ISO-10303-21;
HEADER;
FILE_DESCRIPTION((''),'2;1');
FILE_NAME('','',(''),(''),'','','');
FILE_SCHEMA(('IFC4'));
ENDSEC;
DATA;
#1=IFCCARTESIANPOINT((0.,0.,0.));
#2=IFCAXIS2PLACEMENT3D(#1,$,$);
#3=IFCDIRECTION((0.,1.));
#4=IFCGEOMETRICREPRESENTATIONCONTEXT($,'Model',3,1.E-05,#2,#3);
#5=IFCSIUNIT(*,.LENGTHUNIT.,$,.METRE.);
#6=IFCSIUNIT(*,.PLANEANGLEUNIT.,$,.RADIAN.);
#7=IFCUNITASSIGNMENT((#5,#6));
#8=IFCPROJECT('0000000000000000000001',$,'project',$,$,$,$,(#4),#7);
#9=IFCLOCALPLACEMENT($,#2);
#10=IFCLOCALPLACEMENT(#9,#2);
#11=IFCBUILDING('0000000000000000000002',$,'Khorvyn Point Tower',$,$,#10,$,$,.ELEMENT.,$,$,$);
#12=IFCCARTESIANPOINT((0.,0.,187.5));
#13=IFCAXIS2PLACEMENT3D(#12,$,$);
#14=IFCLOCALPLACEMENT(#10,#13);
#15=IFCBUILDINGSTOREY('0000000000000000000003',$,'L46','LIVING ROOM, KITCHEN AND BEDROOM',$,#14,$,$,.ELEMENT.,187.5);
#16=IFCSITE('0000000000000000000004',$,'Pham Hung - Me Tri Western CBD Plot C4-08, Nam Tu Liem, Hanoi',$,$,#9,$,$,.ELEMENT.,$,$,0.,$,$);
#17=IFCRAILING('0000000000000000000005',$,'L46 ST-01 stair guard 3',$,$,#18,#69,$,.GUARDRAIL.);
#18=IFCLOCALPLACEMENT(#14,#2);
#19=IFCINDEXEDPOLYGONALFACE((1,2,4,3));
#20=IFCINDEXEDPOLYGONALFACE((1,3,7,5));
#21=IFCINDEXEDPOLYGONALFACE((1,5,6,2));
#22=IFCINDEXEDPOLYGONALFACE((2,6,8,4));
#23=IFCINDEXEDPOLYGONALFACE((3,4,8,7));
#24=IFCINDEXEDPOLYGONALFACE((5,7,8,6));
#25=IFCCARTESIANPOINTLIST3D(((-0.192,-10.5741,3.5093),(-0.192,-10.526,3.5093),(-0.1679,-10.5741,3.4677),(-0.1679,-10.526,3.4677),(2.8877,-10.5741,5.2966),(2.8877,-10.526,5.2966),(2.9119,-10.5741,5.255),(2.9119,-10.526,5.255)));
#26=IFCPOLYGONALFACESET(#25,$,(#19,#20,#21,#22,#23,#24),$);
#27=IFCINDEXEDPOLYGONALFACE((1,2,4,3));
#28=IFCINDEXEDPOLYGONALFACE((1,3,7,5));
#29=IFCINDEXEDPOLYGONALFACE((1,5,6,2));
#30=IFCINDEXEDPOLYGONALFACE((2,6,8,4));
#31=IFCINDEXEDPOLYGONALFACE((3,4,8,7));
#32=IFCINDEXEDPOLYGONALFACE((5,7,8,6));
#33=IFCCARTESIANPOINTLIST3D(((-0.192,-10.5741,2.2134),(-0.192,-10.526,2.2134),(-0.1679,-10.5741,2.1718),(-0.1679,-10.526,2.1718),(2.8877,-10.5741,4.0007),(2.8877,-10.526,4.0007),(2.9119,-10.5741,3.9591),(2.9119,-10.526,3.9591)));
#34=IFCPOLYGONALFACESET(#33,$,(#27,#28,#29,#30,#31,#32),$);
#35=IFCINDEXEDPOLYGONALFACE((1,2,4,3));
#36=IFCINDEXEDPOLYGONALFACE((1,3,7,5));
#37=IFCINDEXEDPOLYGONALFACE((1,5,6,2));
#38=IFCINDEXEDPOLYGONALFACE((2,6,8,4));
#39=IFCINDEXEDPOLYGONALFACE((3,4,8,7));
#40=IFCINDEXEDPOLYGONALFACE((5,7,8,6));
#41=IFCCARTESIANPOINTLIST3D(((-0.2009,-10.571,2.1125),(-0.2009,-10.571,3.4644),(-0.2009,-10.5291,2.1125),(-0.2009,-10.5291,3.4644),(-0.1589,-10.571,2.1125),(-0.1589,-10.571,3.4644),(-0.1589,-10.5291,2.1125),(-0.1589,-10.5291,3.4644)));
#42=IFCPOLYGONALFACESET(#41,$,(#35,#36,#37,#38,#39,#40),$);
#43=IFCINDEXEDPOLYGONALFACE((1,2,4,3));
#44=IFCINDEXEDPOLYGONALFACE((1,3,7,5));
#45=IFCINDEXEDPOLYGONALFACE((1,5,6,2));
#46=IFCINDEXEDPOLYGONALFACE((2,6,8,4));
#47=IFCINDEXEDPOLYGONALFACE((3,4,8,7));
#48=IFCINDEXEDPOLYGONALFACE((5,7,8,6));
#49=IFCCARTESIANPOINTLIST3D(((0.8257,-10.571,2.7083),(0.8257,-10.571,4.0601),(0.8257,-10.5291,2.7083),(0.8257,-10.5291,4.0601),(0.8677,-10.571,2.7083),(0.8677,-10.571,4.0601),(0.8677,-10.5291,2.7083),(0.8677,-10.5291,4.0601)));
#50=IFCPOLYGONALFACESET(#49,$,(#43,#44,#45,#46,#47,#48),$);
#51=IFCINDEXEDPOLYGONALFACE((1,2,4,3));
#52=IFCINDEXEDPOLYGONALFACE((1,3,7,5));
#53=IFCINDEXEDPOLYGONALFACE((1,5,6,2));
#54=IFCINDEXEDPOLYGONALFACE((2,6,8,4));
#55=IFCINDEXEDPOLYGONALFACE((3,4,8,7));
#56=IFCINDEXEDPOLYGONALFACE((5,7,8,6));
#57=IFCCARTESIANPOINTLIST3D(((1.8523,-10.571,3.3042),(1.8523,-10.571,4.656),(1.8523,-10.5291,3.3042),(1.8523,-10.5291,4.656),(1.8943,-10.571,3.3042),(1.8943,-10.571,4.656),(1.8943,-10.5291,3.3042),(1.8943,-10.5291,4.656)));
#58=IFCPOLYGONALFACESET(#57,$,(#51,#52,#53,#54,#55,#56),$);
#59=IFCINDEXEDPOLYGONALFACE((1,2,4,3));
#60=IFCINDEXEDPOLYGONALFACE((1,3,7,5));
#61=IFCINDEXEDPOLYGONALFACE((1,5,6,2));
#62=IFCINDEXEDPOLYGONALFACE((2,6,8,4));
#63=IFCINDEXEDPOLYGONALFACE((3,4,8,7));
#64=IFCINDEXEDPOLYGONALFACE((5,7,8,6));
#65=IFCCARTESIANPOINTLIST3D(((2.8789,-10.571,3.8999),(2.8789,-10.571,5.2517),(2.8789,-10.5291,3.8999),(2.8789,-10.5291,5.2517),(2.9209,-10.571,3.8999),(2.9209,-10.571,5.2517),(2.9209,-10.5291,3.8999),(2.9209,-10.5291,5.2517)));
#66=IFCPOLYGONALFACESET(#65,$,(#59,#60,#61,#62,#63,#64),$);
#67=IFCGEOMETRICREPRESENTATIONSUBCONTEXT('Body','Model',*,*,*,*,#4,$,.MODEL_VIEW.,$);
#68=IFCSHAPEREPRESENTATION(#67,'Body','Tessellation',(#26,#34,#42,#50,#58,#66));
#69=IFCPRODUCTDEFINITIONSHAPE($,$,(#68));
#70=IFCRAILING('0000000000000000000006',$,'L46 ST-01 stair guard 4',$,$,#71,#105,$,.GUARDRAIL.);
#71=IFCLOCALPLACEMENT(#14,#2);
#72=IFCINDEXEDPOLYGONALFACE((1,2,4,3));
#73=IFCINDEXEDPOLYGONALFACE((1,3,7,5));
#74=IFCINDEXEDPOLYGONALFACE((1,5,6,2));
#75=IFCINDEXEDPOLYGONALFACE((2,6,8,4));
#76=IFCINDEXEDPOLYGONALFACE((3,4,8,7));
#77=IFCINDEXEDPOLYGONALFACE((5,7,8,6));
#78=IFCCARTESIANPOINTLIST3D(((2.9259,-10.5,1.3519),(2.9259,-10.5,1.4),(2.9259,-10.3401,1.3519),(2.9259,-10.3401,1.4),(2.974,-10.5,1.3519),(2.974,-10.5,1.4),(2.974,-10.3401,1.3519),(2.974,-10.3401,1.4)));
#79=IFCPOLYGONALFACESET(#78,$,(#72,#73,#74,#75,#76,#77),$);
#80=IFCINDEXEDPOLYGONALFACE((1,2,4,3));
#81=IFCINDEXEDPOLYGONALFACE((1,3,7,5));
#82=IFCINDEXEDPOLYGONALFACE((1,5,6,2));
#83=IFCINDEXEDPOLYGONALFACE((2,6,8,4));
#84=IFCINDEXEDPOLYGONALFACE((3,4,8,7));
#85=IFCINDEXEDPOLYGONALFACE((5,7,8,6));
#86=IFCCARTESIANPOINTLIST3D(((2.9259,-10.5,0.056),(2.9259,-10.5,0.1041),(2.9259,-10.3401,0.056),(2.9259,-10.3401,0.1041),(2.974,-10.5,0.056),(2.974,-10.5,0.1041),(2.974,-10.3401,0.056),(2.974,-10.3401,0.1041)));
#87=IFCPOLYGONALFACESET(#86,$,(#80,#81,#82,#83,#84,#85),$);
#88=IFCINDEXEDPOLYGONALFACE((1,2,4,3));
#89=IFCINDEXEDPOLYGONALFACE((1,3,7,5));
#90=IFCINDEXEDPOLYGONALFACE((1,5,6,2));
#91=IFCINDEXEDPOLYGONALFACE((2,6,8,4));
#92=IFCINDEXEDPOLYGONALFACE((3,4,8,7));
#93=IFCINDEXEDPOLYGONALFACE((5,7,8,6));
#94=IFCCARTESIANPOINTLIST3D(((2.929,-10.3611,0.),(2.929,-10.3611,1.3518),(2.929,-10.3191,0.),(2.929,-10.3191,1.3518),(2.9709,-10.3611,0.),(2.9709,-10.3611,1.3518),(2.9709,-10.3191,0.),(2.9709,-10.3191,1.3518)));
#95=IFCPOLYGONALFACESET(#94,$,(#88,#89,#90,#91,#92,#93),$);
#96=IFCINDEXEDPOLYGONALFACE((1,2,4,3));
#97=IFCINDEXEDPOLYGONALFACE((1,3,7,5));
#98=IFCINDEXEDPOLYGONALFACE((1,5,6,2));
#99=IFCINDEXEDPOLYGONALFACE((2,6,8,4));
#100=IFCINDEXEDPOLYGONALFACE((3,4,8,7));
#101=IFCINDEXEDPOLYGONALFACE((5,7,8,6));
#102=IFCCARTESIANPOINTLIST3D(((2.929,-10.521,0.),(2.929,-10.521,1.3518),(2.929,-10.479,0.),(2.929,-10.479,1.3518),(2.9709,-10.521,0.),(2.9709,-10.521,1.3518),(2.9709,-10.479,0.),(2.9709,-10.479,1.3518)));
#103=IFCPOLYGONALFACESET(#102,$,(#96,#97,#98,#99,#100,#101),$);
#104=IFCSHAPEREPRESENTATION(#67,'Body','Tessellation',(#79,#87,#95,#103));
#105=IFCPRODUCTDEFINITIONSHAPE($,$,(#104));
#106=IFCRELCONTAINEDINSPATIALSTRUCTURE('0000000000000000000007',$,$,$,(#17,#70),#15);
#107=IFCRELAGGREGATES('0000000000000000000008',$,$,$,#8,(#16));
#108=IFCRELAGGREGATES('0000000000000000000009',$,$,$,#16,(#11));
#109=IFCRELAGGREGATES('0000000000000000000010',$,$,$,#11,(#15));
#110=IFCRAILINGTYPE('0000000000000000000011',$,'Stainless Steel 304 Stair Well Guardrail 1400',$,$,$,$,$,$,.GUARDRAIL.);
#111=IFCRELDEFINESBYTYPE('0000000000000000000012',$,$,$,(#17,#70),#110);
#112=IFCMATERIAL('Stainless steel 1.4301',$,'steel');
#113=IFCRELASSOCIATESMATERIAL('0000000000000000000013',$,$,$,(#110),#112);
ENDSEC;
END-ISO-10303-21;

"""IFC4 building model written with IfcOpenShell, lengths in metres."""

from ifc_helpers import new_model, si_unit, direction, frame, origin, origin_2d, place, context, subcontext, project, spatial, rectangle, extrude, material, type_object, element, save


model = new_model("IFC4")

# Units and contexts
model_context = context("Model", 3, precision=1e-05, world=origin(), true_north=direction((0.0, 1.0)))
body_context = subcontext(model_context, "Body", "Model", "MODEL_VIEW")
ifc_project = project(units=[si_unit("LENGTHUNIT", "METRE"), si_unit("PLANEANGLEUNIT", "RADIAN")], contexts=[model_context])

# Site, building, storey
site_placement = place(None, origin())
site = spatial("IfcSite", under=ifc_project, at=site_placement, Name="Pham Hung - Me Tri Western CBD Plot C4-08, Nam Tu Liem, Hanoi", CompositionType="ELEMENT", RefElevation=0.0)
building_placement = place(site_placement, origin())
building = spatial("IfcBuilding", under=site, at=building_placement, Name="Khorvyn Point Tower", CompositionType="ELEMENT")
storey_placement = place(building_placement, frame((0.0, 0.0, 187.5)))
storey = spatial("IfcBuildingStorey", under=building, at=storey_placement, Name="L46", Description="LIVING ROOM, KITCHEN AND BEDROOM", CompositionType="ELEMENT", Elevation=187.5)

# Shared definitions
ifc_material_1 = material(Name="Stainless steel 1.4301", Category="steel")

# Railings
railing_type_1 = type_object("IfcRailingType", Name="Stainless Steel 304 Stair Well Guardrail 1400", PredefinedType="GUARDRAIL", material=ifc_material_1)
railing_1_placement = place(storey_placement, frame((-0.1799, -10.55, 2.1125)))
element("IfcRailing", 1, at=railing_1_placement, inside=storey, type_object=railing_type_1, Name="L46 ST-01 stair guard 3", PredefinedType="GUARDRAIL", context=body_context, shape_type="SweptSolid", body=[
    extrude(rectangle(XDim=0.0481, YDim=0.0481, at=origin_2d()), frame((0.0, 0.0, 1.376), z_axis=(0.864903, 0.0, 0.501939), x_axis=(0.0, 1.0, 0.0)), (0.0, 0.0, 1.0), 3.5608),
    extrude(rectangle(XDim=0.0481, YDim=0.0481, at=origin_2d()), frame((0.0, 0.0, 0.0801), z_axis=(0.864903, 0.0, 0.501939), x_axis=(0.0, 1.0, 0.0)), (0.0, 0.0, 1.0), 3.5608),
    extrude(rectangle(XDim=0.042, YDim=0.042, at=origin_2d()), origin(), (0.0, 0.0, 1.0), 1.3518),
    extrude(rectangle(XDim=0.042, YDim=0.042, at=origin_2d()), frame((1.0266, 0.0, 0.5957)), (0.0, 0.0, 1.0), 1.3518),
    extrude(rectangle(XDim=0.042, YDim=0.042, at=origin_2d()), frame((2.0532, 0.0, 1.1917)), (0.0, 0.0, 1.0), 1.3518),
    extrude(rectangle(XDim=0.042, YDim=0.042, at=origin_2d()), frame((3.0798, 0.0, 1.7874)), (0.0, 0.0, 1.0), 1.3518),
])
railing_2_placement = place(storey_placement, frame((2.95, -10.3401, 0.0)))
element("IfcRailing", 2, at=railing_2_placement, inside=storey, type_object=railing_type_1, Name="L46 ST-01 stair guard 4", PredefinedType="GUARDRAIL", context=body_context, shape_type="SweptSolid", body=[
    extrude(rectangle(XDim=0.0481, YDim=0.0481, at=origin_2d()), frame((0.0, 0.0, 1.376), z_axis=(0.0, -1.0, 0.0), x_axis=(1.0, 0.0, 0.0)), (0.0, 0.0, 1.0), 0.1599),
    extrude(rectangle(XDim=0.0481, YDim=0.0481, at=origin_2d()), frame((0.0, 0.0, 0.0801), z_axis=(0.0, -1.0, 0.0), x_axis=(1.0, 0.0, 0.0)), (0.0, 0.0, 1.0), 0.1599),
    extrude(rectangle(XDim=0.042, YDim=0.042, at=origin_2d()), origin(), (0.0, 0.0, 1.0), 1.3518),
    extrude(rectangle(XDim=0.042, YDim=0.042, at=origin_2d()), frame((0.0, -0.1599, 0.0)), (0.0, 0.0, 1.0), 1.3518),
])

save(model, "model.ifc")
